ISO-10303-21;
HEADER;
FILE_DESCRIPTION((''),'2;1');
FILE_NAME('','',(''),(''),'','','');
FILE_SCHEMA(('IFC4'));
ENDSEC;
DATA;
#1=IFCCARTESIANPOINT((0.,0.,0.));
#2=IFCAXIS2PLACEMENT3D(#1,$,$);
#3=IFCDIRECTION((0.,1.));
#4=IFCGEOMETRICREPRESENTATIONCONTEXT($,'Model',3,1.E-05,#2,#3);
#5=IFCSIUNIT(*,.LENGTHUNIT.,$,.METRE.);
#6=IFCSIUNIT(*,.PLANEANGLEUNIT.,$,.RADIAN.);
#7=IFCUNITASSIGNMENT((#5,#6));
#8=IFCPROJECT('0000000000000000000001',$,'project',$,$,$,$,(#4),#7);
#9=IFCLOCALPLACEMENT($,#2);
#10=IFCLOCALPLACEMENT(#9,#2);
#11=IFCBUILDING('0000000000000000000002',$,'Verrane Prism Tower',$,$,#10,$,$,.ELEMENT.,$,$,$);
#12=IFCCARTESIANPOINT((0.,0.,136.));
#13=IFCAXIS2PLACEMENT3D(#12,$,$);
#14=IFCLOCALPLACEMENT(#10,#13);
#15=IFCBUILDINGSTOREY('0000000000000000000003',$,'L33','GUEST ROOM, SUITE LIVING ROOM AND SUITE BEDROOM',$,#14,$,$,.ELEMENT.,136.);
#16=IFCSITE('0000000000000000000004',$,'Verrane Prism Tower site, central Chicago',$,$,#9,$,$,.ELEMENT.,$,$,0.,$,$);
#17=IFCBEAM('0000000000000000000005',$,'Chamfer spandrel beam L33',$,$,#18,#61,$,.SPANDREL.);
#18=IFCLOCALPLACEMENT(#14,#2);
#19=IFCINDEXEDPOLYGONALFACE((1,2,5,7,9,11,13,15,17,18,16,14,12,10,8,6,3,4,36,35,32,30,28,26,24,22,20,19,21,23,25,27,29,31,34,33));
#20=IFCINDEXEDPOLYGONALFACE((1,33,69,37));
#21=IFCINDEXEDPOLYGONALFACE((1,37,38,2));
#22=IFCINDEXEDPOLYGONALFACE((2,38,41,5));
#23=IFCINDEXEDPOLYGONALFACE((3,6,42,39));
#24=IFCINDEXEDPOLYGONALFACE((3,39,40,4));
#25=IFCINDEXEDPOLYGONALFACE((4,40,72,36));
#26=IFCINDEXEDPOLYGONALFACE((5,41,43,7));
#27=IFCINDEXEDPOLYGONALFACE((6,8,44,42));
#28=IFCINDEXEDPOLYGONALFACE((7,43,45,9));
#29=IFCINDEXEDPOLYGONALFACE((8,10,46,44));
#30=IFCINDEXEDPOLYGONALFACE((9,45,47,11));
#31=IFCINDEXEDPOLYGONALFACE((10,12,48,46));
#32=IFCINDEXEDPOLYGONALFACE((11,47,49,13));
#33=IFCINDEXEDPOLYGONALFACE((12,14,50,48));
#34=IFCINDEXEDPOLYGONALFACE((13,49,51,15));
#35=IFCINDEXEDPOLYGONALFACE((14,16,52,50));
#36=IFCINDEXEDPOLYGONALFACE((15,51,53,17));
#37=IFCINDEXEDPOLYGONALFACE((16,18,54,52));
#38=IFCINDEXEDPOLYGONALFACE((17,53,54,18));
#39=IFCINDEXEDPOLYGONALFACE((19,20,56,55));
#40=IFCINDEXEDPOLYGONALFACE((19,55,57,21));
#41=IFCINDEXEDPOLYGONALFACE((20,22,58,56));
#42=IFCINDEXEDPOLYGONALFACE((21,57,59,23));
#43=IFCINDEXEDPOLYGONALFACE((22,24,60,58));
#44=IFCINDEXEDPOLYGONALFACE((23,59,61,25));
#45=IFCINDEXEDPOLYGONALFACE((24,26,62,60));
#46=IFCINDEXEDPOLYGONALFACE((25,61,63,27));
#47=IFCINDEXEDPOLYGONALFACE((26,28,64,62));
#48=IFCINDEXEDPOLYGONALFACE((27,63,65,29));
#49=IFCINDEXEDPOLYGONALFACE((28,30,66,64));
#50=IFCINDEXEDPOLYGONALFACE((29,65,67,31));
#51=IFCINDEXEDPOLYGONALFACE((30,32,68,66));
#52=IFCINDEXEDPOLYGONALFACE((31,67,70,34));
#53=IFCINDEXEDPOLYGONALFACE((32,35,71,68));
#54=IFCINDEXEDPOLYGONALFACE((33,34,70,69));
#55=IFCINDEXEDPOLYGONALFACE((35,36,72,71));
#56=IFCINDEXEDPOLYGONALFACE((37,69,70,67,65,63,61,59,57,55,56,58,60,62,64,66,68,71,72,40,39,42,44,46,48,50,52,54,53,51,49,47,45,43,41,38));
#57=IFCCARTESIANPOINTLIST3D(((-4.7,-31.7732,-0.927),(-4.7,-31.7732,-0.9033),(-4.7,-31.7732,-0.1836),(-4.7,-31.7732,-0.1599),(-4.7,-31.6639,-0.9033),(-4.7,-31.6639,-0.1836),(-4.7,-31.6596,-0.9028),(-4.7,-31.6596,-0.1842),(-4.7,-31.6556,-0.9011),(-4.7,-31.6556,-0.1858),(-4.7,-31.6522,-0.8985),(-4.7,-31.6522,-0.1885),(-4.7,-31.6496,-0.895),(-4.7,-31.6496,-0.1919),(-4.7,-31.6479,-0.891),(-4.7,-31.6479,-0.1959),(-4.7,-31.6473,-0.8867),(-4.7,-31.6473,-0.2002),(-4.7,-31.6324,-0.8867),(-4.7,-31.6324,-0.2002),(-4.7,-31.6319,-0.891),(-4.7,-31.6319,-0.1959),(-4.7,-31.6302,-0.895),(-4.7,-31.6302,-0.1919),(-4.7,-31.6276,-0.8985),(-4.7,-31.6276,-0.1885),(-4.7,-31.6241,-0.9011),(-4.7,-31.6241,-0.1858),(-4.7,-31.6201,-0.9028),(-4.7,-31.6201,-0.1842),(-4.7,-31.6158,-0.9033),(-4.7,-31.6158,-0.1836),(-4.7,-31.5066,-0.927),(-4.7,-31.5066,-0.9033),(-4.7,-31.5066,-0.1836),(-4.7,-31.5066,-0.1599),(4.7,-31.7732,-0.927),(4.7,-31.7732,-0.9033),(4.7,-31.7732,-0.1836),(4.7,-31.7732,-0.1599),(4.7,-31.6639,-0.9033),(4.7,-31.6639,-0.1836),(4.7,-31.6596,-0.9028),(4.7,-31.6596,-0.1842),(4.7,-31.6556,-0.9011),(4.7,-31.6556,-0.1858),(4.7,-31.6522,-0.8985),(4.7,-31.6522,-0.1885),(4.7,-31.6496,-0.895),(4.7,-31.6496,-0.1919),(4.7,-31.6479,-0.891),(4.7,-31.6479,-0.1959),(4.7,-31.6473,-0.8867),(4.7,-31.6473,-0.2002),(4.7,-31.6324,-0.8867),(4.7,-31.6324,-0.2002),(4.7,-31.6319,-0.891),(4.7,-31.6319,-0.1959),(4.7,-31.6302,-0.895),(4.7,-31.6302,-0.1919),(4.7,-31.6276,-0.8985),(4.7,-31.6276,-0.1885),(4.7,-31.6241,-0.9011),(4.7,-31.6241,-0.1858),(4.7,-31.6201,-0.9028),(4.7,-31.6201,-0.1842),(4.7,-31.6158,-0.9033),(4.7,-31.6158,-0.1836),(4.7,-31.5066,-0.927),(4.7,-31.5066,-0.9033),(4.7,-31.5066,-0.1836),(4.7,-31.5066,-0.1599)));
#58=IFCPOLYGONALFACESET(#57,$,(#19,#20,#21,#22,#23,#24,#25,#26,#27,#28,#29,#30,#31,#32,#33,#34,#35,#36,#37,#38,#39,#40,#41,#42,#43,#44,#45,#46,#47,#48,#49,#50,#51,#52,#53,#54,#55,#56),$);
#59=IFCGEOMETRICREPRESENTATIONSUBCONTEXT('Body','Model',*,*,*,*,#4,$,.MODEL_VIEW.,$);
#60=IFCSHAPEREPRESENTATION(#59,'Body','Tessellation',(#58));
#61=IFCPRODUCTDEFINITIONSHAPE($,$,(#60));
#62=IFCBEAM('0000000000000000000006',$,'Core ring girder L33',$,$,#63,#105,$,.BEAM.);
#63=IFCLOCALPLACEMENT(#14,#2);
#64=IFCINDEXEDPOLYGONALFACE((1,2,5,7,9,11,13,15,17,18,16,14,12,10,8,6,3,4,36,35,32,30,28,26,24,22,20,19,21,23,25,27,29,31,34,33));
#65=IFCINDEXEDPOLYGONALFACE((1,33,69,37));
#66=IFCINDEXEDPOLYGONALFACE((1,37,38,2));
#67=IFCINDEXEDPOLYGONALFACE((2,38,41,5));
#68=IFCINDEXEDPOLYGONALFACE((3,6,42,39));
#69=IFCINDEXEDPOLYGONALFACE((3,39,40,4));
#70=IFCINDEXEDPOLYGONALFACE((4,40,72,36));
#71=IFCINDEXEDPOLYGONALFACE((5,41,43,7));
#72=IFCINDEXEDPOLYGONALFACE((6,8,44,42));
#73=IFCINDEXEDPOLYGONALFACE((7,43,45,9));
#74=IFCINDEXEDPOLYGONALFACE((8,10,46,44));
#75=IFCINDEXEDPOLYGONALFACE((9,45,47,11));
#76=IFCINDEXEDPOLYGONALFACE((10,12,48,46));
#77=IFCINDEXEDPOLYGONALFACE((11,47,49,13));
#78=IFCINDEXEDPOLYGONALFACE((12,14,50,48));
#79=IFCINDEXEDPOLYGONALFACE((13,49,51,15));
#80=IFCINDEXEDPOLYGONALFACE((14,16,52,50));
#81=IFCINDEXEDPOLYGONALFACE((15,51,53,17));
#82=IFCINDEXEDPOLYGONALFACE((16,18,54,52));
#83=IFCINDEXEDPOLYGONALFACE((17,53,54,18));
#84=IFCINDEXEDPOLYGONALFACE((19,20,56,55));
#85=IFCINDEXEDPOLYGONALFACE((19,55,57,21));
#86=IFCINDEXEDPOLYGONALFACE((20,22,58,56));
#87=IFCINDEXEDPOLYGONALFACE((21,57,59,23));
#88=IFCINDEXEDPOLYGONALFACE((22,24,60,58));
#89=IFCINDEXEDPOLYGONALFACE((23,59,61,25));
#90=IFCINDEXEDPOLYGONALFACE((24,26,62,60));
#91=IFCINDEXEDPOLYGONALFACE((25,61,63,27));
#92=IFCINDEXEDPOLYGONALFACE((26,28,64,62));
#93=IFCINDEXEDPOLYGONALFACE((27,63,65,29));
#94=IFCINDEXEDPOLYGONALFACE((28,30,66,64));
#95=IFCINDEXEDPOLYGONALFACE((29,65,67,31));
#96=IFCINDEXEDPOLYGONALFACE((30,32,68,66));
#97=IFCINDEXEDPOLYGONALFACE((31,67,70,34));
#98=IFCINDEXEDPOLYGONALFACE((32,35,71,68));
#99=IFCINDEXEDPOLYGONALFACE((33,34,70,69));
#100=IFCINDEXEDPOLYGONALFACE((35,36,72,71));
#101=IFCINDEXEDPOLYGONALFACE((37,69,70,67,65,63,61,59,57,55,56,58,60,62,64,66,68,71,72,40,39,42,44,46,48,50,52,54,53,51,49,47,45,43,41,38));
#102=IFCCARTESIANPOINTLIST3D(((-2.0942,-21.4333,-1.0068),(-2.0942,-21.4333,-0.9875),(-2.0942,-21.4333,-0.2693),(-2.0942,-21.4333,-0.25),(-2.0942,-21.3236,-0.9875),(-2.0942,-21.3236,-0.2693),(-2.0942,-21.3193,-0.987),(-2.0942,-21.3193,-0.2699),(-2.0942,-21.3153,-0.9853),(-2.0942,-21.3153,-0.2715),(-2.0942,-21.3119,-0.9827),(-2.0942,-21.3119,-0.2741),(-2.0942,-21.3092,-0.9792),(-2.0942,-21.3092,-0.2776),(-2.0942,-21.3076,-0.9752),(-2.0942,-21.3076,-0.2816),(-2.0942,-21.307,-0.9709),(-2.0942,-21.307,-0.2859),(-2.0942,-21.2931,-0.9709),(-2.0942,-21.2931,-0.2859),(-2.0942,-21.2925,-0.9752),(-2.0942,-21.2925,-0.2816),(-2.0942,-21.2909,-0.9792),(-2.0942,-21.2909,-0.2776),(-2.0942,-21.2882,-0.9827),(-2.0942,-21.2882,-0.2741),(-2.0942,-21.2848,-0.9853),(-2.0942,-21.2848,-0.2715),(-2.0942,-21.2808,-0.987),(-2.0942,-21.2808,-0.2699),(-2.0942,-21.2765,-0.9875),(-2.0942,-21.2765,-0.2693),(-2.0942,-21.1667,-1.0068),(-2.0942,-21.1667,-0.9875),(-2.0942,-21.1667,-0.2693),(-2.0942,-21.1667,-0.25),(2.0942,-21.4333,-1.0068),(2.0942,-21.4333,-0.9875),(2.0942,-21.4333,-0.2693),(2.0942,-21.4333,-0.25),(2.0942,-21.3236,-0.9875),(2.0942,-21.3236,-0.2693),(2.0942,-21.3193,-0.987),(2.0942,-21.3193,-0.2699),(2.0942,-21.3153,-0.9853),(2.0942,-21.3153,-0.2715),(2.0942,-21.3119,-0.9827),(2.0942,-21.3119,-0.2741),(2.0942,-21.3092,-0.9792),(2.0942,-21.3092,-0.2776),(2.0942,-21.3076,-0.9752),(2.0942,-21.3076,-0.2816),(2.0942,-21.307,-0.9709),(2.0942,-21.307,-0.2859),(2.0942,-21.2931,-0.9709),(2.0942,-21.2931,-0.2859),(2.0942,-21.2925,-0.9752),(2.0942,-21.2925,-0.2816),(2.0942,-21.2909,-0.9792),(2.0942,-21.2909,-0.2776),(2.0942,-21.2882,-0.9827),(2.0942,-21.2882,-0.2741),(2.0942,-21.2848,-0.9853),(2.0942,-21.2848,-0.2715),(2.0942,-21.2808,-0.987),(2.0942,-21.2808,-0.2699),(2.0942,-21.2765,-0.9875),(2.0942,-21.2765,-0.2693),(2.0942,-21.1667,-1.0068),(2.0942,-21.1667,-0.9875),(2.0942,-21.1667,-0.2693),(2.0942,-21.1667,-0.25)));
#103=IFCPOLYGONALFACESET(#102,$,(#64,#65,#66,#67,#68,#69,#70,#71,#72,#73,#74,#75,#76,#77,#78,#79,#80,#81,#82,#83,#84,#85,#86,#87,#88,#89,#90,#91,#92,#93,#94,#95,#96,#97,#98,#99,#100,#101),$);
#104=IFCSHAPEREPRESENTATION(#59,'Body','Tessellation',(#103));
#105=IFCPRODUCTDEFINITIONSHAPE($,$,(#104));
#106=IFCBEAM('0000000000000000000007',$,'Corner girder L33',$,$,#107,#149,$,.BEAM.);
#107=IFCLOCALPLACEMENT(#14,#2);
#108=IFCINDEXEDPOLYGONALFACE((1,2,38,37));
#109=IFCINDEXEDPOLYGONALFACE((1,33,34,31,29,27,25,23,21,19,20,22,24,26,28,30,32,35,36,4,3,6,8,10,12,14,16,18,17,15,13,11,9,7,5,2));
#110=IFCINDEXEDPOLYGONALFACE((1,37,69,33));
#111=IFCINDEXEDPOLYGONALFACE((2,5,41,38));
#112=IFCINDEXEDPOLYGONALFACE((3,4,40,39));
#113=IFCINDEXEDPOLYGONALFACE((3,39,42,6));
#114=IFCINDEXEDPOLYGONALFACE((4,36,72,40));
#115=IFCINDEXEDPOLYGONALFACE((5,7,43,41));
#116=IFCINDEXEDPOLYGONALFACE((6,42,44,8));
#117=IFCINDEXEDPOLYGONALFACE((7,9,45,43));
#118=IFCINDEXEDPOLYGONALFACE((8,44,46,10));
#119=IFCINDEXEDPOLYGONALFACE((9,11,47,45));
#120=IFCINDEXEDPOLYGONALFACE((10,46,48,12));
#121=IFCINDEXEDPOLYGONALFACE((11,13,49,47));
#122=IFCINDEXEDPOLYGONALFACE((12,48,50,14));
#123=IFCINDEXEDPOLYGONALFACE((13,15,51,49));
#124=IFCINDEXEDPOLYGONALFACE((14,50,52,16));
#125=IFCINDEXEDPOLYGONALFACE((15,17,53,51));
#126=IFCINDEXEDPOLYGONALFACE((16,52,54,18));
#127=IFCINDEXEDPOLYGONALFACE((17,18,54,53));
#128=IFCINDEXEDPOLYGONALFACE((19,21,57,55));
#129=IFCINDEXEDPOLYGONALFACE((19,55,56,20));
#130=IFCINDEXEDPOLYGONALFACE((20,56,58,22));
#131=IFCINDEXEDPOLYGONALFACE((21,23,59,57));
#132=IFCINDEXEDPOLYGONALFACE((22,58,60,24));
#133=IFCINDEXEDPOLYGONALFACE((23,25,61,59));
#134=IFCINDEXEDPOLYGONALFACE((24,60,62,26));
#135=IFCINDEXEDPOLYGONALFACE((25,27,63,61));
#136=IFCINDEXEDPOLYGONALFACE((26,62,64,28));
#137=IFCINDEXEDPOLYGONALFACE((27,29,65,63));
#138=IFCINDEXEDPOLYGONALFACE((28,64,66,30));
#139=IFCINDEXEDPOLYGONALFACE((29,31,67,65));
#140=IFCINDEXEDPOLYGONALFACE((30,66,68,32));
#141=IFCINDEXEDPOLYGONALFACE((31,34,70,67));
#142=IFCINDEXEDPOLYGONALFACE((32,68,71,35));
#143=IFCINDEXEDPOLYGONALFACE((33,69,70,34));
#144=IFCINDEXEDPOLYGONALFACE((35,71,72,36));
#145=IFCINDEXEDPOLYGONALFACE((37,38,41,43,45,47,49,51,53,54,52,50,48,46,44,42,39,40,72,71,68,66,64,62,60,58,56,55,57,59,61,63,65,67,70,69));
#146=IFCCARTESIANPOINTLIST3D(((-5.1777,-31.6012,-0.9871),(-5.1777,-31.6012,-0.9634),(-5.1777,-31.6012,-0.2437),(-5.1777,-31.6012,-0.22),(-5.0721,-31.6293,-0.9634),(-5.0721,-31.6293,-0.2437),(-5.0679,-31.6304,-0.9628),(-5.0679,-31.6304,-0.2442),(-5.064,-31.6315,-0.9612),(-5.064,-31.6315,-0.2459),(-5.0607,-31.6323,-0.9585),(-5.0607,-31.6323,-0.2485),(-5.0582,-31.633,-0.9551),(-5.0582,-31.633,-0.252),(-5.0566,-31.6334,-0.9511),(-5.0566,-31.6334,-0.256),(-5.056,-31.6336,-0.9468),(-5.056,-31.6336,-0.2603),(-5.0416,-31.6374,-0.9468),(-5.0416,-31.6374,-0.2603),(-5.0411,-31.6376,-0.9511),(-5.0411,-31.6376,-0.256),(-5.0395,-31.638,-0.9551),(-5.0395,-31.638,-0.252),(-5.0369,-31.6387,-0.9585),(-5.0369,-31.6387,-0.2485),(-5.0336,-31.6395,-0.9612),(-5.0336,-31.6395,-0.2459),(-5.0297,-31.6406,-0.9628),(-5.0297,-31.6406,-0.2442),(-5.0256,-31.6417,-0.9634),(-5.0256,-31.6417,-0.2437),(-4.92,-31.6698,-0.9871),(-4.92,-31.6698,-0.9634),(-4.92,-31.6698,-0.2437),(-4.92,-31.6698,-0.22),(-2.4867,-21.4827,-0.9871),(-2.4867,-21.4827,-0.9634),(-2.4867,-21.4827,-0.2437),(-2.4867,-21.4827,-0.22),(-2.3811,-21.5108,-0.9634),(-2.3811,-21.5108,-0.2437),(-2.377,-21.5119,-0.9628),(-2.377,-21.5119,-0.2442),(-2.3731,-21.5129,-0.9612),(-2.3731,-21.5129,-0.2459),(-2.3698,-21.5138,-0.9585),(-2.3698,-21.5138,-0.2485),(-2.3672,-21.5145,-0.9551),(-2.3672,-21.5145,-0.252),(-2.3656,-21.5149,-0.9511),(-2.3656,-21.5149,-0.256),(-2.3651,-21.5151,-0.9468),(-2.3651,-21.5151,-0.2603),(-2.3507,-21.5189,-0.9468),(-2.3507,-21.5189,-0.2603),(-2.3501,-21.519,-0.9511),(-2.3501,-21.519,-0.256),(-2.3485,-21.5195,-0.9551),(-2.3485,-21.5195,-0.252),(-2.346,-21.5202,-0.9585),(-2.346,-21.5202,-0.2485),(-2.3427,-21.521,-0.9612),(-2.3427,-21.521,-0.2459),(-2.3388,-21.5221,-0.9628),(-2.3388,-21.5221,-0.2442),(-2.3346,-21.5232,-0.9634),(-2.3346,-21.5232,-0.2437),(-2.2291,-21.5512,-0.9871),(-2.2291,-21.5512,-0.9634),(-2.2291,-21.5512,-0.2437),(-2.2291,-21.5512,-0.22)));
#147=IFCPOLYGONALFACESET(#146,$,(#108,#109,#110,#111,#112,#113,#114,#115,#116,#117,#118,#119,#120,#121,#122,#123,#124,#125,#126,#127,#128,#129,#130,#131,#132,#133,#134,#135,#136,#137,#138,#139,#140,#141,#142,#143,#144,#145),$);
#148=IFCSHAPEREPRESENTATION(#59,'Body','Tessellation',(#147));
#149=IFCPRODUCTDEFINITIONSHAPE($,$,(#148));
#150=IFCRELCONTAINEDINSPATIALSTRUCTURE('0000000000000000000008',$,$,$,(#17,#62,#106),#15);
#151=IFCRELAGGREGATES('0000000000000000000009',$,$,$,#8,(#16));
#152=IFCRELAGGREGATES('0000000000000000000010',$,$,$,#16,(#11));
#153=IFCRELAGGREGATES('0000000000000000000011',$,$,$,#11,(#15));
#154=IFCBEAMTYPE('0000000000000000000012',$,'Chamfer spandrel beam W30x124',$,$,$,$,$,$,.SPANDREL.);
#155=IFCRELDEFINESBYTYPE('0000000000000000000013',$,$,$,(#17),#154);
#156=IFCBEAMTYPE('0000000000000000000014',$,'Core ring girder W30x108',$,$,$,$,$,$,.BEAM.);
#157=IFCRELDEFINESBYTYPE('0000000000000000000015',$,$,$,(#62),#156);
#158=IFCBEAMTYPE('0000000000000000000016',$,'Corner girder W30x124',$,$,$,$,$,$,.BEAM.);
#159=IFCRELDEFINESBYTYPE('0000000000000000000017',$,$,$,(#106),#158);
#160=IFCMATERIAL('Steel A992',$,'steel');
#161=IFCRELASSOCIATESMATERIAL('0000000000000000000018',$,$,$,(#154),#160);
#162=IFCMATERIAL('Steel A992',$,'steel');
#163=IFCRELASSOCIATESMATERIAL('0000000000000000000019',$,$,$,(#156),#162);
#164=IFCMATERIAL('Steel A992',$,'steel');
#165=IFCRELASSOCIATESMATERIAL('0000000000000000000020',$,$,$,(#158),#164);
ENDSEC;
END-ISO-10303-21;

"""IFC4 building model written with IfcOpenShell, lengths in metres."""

from ifc_helpers import new_model, si_unit, direction, frame, origin, origin_2d, place, context, subcontext, project, spatial, i_section, extrude, material, material_profile, profile_set, type_object, element, save


model = new_model("IFC4")

# Units and contexts
model_context = context("Model", 3, precision=1e-05, world=origin(), true_north=direction((0.0, 1.0)))
body_context = subcontext(model_context, "Body", "Model", "MODEL_VIEW")
ifc_project = project(units=[si_unit("LENGTHUNIT", "METRE"), si_unit("PLANEANGLEUNIT", "RADIAN")], contexts=[model_context])

# Site, building, storey
site_placement = place(None, origin())
site = spatial("IfcSite", under=ifc_project, at=site_placement, Name="Verrane Prism Tower site, central Chicago", CompositionType="ELEMENT", RefElevation=0.0)
building_placement = place(site_placement, origin())
building = spatial("IfcBuilding", under=site, at=building_placement, Name="Verrane Prism Tower", CompositionType="ELEMENT")
storey_placement = place(building_placement, frame((0.0, 0.0, 136.0)))
storey = spatial("IfcBuildingStorey", under=building, at=storey_placement, Name="L33", Description="GUEST ROOM, SUITE LIVING ROOM AND SUITE BEDROOM", CompositionType="ELEMENT", Elevation=136.0)

# Beams
ifc_material_1 = material(Name="Steel A992", Category="steel")
ifc_material_profile_1 = material_profile(ifc_material_1, i_section(OverallWidth=0.2666, OverallDepth=0.7671, WebThickness=0.0149, FlangeThickness=0.0237, FilletRadius=0.0166, at=origin_2d()), Name="W30x124")
ifc_profile_set_1 = profile_set([ifc_material_profile_1], Name="Steel A992")
beam_type_1 = type_object("IfcBeamType", Name="Chamfer spandrel beam W30x124", PredefinedType="SPANDREL", material=ifc_profile_set_1)
beam_1_placement = place(storey_placement, frame((-4.7, -31.6399, -0.5435), z_axis=(1.0, 0.0, 0.0), x_axis=(0.0, 1.0, 0.0)))
element("IfcBeam", 1, at=beam_1_placement, inside=storey, type_object=beam_type_1, Name="Chamfer spandrel beam L33", PredefinedType="SPANDREL", context=body_context, shape_type="SweptSolid", body=[
    extrude(i_section(OverallWidth=0.2666, OverallDepth=0.7671, WebThickness=0.0149, FlangeThickness=0.0237, FilletRadius=0.0166, at=origin_2d()), origin(), (0.0, 0.0, 1.0), 9.3999),
])
ifc_material_2 = material(Name="Steel A992", Category="steel")
ifc_material_profile_2 = material_profile(ifc_material_2, i_section(OverallWidth=0.2666, OverallDepth=0.7568, WebThickness=0.0139, FlangeThickness=0.0193, FilletRadius=0.0166, at=origin_2d()), Name="W30x108")
ifc_profile_set_2 = profile_set([ifc_material_profile_2], Name="Steel A992")
beam_type_2 = type_object("IfcBeamType", Name="Core ring girder W30x108", PredefinedType="BEAM", material=ifc_profile_set_2)
beam_2_placement = place(storey_placement, frame((-2.0942, -21.3, -0.6284), z_axis=(1.0, 0.0, 0.0), x_axis=(0.0, 1.0, 0.0)))
element("IfcBeam", 2, at=beam_2_placement, inside=storey, type_object=beam_type_2, Name="Core ring girder L33", PredefinedType="BEAM", context=body_context, shape_type="SweptSolid", body=[
    extrude(i_section(OverallWidth=0.2666, OverallDepth=0.7568, WebThickness=0.0139, FlangeThickness=0.0193, FilletRadius=0.0166, at=origin_2d()), origin(), (0.0, 0.0, 1.0), 4.1885),
])
ifc_material_3 = material(Name="Steel A992", Category="steel")
ifc_material_profile_3 = material_profile(ifc_material_3, i_section(OverallWidth=0.2666, OverallDepth=0.7671, WebThickness=0.0149, FlangeThickness=0.0237, FilletRadius=0.0166, at=origin_2d()), Name="W30x124")
ifc_profile_set_3 = profile_set([ifc_material_profile_3], Name="Steel A992")
beam_type_3 = type_object("IfcBeamType", Name="Corner girder W30x124", PredefinedType="BEAM", material=ifc_profile_set_3)
beam_3_placement = place(storey_placement, frame((-5.0488, -31.6355, -0.6035), z_axis=(0.257009, 0.966409, 0.0), x_axis=(-0.966409, 0.257009, 0.0)))
element("IfcBeam", 3, at=beam_3_placement, inside=storey, type_object=beam_type_3, Name="Corner girder L33", PredefinedType="BEAM", context=body_context, shape_type="SweptSolid", body=[
    extrude(i_section(OverallWidth=0.2666, OverallDepth=0.7671, WebThickness=0.0149, FlangeThickness=0.0237, FilletRadius=0.0166, at=origin_2d()), origin(), (0.0, 0.0, 1.0), 10.4702),
])

save(model, "model.ifc")
